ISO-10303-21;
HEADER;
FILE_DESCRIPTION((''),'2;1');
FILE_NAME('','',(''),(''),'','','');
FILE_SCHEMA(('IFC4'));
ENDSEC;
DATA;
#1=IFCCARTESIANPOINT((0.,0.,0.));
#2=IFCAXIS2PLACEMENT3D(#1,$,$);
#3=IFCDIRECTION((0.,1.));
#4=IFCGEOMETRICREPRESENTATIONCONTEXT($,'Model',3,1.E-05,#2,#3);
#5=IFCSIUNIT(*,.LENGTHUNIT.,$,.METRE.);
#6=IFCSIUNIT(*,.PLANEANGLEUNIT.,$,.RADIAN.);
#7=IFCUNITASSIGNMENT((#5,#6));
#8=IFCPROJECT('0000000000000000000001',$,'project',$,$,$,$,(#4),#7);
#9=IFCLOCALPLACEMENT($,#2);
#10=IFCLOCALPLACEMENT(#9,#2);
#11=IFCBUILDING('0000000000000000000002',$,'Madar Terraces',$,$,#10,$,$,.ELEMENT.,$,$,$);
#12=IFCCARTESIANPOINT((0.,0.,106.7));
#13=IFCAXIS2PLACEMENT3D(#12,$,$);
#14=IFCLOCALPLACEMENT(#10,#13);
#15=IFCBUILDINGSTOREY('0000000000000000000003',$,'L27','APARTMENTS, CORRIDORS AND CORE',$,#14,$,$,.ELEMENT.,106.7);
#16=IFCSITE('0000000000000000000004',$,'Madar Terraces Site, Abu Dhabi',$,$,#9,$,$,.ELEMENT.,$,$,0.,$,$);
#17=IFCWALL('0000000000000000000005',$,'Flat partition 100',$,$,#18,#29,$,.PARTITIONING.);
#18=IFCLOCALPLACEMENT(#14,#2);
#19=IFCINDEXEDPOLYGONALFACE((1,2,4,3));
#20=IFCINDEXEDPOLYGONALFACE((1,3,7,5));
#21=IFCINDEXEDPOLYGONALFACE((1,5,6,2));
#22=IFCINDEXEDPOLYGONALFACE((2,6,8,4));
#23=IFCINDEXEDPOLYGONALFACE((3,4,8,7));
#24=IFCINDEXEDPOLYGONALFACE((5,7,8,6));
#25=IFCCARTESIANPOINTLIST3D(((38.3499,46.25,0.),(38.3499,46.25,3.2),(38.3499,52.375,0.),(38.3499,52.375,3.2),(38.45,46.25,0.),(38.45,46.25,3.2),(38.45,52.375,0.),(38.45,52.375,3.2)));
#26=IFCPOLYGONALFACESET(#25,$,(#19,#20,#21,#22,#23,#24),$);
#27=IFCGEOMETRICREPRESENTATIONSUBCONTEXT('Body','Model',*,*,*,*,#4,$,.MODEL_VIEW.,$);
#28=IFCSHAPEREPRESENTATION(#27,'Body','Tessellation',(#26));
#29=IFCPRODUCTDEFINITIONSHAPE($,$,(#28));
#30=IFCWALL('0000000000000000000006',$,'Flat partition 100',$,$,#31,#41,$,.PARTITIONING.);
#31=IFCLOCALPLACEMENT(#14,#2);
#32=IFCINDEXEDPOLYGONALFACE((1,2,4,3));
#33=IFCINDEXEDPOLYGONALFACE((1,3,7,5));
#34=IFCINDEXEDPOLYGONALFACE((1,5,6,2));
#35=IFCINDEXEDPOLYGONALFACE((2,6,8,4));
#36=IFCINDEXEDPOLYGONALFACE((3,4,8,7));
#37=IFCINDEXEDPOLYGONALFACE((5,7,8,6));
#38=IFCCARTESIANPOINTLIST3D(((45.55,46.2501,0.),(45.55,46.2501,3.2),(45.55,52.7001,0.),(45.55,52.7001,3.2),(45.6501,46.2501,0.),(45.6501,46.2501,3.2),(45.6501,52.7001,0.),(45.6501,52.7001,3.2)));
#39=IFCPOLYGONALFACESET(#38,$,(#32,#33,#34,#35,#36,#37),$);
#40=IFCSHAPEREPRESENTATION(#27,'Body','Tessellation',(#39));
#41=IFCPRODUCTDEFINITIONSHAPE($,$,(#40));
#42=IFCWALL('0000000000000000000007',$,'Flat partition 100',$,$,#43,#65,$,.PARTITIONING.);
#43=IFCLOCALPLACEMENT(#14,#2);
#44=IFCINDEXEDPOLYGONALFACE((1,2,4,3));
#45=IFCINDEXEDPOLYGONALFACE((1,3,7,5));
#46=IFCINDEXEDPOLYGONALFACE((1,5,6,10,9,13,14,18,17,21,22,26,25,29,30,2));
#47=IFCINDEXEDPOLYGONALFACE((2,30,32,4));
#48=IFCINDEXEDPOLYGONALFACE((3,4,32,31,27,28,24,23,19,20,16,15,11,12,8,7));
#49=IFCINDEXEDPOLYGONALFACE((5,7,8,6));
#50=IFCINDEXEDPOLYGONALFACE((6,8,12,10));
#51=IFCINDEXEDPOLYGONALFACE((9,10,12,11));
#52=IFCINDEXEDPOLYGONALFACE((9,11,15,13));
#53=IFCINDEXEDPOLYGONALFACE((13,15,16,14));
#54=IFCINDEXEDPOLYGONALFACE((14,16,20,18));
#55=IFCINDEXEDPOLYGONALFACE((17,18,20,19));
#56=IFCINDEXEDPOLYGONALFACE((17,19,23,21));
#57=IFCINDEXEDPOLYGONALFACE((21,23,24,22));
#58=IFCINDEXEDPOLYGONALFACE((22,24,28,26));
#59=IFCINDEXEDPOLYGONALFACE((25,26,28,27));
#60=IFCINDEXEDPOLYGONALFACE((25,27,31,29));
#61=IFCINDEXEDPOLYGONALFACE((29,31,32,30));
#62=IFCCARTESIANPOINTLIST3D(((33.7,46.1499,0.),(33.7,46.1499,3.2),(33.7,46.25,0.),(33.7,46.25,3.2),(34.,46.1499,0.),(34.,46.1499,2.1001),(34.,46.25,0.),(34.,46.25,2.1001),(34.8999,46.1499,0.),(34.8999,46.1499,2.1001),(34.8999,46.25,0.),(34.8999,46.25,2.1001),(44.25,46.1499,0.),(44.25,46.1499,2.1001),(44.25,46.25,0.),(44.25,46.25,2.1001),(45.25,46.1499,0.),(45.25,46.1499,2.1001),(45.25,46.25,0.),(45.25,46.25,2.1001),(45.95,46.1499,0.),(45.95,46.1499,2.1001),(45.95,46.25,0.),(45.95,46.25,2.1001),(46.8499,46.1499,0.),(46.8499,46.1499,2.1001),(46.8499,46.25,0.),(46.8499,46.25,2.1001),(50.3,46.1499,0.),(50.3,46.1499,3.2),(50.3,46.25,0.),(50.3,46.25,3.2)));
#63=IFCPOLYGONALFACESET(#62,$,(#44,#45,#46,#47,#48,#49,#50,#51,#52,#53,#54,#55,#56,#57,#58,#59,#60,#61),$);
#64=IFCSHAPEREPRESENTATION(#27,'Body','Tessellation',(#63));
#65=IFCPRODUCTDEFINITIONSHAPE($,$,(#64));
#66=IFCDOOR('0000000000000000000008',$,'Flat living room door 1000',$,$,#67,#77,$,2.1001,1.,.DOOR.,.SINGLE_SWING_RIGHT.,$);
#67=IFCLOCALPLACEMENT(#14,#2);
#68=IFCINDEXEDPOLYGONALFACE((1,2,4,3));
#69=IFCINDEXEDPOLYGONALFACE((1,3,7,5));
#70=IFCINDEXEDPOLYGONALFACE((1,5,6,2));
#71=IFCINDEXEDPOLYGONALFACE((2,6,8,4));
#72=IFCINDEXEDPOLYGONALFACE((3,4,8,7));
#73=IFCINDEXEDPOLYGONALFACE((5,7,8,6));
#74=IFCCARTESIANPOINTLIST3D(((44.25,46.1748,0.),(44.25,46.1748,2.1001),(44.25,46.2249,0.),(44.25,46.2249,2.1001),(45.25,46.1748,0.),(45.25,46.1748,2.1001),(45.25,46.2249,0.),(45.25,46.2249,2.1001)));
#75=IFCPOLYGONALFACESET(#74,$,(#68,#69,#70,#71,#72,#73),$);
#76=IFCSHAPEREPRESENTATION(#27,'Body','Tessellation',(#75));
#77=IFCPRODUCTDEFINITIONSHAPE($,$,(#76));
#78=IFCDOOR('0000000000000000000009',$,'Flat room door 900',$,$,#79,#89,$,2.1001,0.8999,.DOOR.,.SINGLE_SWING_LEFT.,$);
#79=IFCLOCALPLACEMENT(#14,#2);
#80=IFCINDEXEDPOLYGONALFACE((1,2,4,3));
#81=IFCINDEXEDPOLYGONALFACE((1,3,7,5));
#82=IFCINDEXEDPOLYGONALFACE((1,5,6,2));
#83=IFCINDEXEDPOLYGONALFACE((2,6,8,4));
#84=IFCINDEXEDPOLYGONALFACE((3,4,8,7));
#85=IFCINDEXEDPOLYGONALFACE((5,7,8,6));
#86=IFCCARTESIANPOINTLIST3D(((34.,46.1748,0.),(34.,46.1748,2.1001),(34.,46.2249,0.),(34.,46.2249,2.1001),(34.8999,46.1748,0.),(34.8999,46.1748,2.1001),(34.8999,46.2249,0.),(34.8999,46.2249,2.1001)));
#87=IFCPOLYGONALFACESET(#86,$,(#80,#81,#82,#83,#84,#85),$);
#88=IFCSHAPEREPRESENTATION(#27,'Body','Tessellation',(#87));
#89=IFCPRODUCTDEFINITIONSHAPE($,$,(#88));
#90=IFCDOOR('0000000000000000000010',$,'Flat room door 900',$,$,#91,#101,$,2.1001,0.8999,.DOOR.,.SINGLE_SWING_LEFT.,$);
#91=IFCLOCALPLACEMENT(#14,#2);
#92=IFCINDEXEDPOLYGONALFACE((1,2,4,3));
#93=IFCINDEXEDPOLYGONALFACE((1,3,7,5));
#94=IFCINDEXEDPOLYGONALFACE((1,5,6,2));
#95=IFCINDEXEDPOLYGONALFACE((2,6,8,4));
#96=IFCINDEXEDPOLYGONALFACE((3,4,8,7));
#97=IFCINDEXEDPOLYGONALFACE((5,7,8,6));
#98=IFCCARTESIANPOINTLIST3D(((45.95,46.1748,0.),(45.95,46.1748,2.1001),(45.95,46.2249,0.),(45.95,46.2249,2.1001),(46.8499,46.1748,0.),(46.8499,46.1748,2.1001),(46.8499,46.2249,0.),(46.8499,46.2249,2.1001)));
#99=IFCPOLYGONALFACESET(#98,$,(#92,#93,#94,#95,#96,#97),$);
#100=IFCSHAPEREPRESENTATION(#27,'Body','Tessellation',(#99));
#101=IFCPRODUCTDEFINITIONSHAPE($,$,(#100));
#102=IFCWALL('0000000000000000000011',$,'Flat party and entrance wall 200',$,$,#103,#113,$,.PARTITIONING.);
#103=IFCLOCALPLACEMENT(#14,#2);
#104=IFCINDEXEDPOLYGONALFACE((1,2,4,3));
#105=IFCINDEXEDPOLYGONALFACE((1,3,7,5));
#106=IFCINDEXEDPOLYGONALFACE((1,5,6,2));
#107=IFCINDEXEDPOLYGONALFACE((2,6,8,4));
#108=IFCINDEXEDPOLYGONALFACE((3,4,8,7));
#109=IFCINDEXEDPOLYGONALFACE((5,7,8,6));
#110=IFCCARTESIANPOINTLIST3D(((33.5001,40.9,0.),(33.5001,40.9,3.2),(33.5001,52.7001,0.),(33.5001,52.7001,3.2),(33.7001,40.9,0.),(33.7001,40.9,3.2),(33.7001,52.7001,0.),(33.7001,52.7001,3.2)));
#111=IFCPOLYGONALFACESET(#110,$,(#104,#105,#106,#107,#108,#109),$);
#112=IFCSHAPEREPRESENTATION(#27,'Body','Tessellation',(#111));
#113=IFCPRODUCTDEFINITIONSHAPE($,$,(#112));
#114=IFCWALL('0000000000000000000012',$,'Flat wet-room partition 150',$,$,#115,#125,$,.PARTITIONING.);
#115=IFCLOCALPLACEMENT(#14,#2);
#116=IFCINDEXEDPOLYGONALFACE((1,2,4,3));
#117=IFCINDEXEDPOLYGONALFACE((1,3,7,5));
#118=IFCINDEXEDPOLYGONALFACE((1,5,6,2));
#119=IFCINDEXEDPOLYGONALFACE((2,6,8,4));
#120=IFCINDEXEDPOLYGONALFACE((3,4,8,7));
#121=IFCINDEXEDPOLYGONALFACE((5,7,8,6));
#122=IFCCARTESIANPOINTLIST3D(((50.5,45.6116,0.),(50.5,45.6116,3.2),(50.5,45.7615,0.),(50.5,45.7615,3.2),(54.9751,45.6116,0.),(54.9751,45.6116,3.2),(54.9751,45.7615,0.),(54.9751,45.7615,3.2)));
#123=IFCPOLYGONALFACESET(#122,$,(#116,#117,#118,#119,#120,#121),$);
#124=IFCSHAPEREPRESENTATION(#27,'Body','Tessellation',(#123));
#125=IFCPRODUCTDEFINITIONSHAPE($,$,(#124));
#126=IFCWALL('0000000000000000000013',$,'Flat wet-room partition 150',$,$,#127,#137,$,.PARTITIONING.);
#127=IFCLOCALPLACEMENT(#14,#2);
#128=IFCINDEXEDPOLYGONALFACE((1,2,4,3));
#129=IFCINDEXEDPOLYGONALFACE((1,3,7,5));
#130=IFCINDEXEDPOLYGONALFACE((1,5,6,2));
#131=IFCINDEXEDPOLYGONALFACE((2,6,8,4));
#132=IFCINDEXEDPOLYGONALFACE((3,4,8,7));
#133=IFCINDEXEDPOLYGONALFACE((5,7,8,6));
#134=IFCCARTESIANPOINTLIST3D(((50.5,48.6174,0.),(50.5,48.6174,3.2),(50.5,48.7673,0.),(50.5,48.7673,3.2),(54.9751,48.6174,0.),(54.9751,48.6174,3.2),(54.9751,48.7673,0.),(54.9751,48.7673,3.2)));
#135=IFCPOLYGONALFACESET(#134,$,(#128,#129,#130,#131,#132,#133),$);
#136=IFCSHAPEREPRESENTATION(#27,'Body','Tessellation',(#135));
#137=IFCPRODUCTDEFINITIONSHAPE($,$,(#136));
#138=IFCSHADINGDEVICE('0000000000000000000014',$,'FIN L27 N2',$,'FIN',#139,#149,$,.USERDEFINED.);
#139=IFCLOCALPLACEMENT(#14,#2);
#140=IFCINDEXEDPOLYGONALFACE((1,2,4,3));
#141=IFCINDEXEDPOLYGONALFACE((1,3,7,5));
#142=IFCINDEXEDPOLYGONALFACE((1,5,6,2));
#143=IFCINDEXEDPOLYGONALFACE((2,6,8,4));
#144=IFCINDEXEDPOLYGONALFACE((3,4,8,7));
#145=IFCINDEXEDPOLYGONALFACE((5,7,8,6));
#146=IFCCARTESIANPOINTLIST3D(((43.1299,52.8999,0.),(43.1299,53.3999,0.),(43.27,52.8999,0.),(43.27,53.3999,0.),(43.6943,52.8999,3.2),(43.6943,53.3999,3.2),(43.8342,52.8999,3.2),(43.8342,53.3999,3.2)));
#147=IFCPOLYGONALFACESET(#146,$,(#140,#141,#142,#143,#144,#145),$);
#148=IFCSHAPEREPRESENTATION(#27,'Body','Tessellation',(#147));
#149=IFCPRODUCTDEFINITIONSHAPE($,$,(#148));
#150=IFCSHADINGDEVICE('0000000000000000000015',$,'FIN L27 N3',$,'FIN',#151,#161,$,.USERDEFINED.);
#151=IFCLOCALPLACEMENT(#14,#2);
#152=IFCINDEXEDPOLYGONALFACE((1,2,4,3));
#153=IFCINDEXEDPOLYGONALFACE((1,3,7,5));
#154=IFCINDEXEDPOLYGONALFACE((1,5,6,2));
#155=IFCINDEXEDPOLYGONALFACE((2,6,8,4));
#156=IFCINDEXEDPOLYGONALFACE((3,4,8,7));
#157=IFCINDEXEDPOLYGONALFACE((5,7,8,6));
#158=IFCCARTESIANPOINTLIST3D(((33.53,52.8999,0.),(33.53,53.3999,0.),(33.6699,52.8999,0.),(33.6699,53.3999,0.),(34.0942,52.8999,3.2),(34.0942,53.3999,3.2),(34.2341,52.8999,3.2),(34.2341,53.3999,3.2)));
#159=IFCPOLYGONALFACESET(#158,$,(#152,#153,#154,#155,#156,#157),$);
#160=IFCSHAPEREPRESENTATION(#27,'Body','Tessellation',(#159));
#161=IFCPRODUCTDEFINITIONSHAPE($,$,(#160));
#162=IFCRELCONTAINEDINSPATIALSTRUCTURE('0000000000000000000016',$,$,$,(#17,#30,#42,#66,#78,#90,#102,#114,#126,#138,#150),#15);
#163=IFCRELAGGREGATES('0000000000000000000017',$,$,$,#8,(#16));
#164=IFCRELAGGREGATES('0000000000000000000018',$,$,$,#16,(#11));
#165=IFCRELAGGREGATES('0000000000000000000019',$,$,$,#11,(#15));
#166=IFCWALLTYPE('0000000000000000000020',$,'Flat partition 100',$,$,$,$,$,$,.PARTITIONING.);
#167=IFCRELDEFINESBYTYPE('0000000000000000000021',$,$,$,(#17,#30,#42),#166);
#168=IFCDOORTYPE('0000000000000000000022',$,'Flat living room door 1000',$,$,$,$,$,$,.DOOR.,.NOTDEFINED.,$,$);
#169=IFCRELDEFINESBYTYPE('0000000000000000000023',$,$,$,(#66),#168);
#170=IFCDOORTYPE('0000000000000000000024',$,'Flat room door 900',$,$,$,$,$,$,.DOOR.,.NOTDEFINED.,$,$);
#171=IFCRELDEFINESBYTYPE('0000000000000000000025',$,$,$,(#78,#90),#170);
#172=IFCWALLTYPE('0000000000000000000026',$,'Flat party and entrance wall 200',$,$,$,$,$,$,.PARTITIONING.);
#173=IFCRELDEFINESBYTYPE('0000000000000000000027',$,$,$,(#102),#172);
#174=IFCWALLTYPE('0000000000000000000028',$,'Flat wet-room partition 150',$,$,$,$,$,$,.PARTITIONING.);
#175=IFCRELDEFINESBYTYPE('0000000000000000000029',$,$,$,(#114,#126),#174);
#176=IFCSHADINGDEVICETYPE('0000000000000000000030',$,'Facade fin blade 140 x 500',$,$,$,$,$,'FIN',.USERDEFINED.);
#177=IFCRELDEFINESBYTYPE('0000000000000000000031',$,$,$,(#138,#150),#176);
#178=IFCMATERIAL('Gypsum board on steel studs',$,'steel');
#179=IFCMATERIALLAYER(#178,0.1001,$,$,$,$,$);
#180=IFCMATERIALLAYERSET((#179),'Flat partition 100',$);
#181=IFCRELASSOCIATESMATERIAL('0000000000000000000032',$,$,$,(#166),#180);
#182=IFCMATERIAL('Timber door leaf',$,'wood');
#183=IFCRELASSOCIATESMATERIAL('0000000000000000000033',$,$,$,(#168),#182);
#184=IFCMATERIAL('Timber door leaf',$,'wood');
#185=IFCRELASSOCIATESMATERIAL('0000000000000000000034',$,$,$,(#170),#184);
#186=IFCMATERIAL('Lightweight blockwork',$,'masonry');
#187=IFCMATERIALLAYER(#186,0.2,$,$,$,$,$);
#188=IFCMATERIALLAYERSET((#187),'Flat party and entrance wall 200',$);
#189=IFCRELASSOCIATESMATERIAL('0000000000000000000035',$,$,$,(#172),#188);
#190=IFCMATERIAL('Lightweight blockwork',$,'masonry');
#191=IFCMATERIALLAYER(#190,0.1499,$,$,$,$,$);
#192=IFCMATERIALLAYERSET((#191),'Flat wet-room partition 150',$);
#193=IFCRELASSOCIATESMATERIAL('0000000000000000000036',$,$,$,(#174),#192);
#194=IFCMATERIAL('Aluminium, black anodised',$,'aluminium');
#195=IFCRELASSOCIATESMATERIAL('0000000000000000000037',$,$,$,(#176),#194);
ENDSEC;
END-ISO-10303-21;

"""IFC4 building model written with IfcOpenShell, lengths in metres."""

from ifc_helpers import new_model, si_unit, direction, frame, frame_2d, origin, place, context, subcontext, project, spatial, polyline, rectangle, outline, extrude, material, layer, layer_set, type_object, element, fill, save


model = new_model("IFC4")

# Units and contexts
model_context = context("Model", 3, precision=1e-05, world=origin(), true_north=direction((0.0, 1.0)))
body_context = subcontext(model_context, "Body", "Model", "MODEL_VIEW")
ifc_project = project(units=[si_unit("LENGTHUNIT", "METRE"), si_unit("PLANEANGLEUNIT", "RADIAN")], contexts=[model_context])

# Site, building, storey
site_placement = place(None, origin())
site = spatial("IfcSite", under=ifc_project, at=site_placement, Name="Madar Terraces Site, Abu Dhabi", CompositionType="ELEMENT", RefElevation=0.0)
building_placement = place(site_placement, origin())
building = spatial("IfcBuilding", under=site, at=building_placement, Name="Madar Terraces", CompositionType="ELEMENT")
storey_placement = place(building_placement, frame((0.0, 0.0, 106.7)))
storey = spatial("IfcBuildingStorey", under=building, at=storey_placement, Name="L27", Description="APARTMENTS, CORRIDORS AND CORE", CompositionType="ELEMENT", Elevation=106.7)

# Walls
ifc_material_1 = material(Name="Gypsum board on steel studs", Category="steel")
ifc_layer_1 = layer(ifc_material_1, 0.1001)
ifc_layer_set_1 = layer_set([ifc_layer_1], Name="Flat partition 100")
wall_type_1 = type_object("IfcWallType", Name="Flat partition 100", PredefinedType="PARTITIONING", material=ifc_layer_set_1)
wall_1_placement = place(storey_placement, frame((38.3999, 46.25, 0.0), z_axis=(0.0, 0.0, 1.0), x_axis=(0.0, 1.0, 0.0)))
element("IfcWall", 1, at=wall_1_placement, inside=storey, type_object=wall_type_1, Name="Flat partition 100", PredefinedType="PARTITIONING", context=body_context, shape_type="SweptSolid", body=[
    extrude(rectangle(XDim=6.125, YDim=0.1001, at=frame_2d((3.0625, 0.0))), origin(), (0.0, 0.0, 1.0), 3.2),
])
wall_2_placement = place(storey_placement, frame((45.6001, 46.25, 0.0), z_axis=(0.0, 0.0, 1.0), x_axis=(0.0, 1.0, 0.0)))
element("IfcWall", 2, at=wall_2_placement, inside=storey, type_object=wall_type_1, Name="Flat partition 100", PredefinedType="PARTITIONING", context=body_context, shape_type="SweptSolid", body=[
    extrude(rectangle(XDim=6.45, YDim=0.1001, at=frame_2d((3.2251, 0.0))), origin(), (0.0, 0.0, 1.0), 3.2),
])

# Wall, openings, doors
wall_3_placement = place(storey_placement, frame((33.7, 46.2, 0.0), z_axis=(0.0, 0.0, 1.0), x_axis=(1.0, 0.0, 0.0)))
wall_3 = element("IfcWall", 3, at=wall_3_placement, inside=storey, type_object=wall_type_1, Name="Flat partition 100", PredefinedType="PARTITIONING", context=body_context, shape_type="SweptSolid", body=[
    extrude(rectangle(XDim=16.6001, YDim=0.1001, at=frame_2d((8.3, 0.0))), origin(), (0.0, 0.0, 1.0), 3.2),
])
opening_1_placement = place(wall_3_placement, frame((0.3, 0.0, 0.0)))
opening_1 = element("IfcOpeningElement", 4, at=opening_1_placement, cuts=wall_3, PredefinedType="OPENING", context=body_context, shape_type="SweptSolid", body=[
    extrude(rectangle(XDim=0.8999, YDim=2.1001, at=frame_2d((0.45, 1.05))), frame((0.0, 0.0601, 0.0), z_axis=(0.0, -1.0, 0.0), x_axis=(1.0, 0.0, 0.0)), (0.0, 0.0, 1.0), 0.1201),
])
opening_2_placement = place(wall_3_placement, frame((10.55, 0.0, 0.0)))
opening_2 = element("IfcOpeningElement", 5, at=opening_2_placement, cuts=wall_3, PredefinedType="OPENING", context=body_context, shape_type="SweptSolid", body=[
    extrude(rectangle(XDim=1.0, YDim=2.1001, at=frame_2d((0.5, 1.05))), frame((0.0, 0.0601, 0.0), z_axis=(0.0, -1.0, 0.0), x_axis=(1.0, 0.0, 0.0)), (0.0, 0.0, 1.0), 0.1201),
])
opening_3_placement = place(wall_3_placement, frame((12.25, 0.0, 0.0)))
opening_3 = element("IfcOpeningElement", 6, at=opening_3_placement, cuts=wall_3, PredefinedType="OPENING", context=body_context, shape_type="SweptSolid", body=[
    extrude(rectangle(XDim=0.8999, YDim=2.1001, at=frame_2d((0.45, 1.05))), frame((0.0, 0.0601, 0.0), z_axis=(0.0, -1.0, 0.0), x_axis=(1.0, 0.0, 0.0)), (0.0, 0.0, 1.0), 0.1201),
])
ifc_material_2 = material(Name="Timber door leaf", Category="wood")
door_type_1 = type_object("IfcDoorType", Name="Flat living room door 1000", OperationType="NOTDEFINED", PredefinedType="DOOR", material=ifc_material_2)
door_1_placement = place(opening_2_placement, origin())
door_1 = element("IfcDoor", 7, at=door_1_placement, inside=storey, type_object=door_type_1, Name="Flat living room door 1000", OperationType="SINGLE_SWING_RIGHT", OverallHeight=2.1001, OverallWidth=1.0, PredefinedType="DOOR", context=body_context, shape_type="SweptSolid", body=[
    extrude(rectangle(XDim=1.0, YDim=2.1001, at=frame_2d((0.5, 1.05))), frame((0.0, 0.0249, 0.0), z_axis=(0.0, -1.0, 0.0), x_axis=(1.0, 0.0, 0.0)), (0.0, 0.0, 1.0), 0.05),
])
fill(opening_2, door_1)
ifc_material_3 = material(Name="Timber door leaf", Category="wood")
door_type_2 = type_object("IfcDoorType", Name="Flat room door 900", OperationType="NOTDEFINED", PredefinedType="DOOR", material=ifc_material_3)
door_2_placement = place(opening_1_placement, origin())
door_2 = element("IfcDoor", 8, at=door_2_placement, inside=storey, type_object=door_type_2, Name="Flat room door 900", OperationType="SINGLE_SWING_LEFT", OverallHeight=2.1001, OverallWidth=0.8999, PredefinedType="DOOR", context=body_context, shape_type="SweptSolid", body=[
    extrude(rectangle(XDim=0.8999, YDim=2.1001, at=frame_2d((0.45, 1.05))), frame((0.0, 0.0249, 0.0), z_axis=(0.0, -1.0, 0.0), x_axis=(1.0, 0.0, 0.0)), (0.0, 0.0, 1.0), 0.05),
])
fill(opening_1, door_2)
door_3_placement = place(opening_3_placement, origin())
door_3 = element("IfcDoor", 9, at=door_3_placement, inside=storey, type_object=door_type_2, Name="Flat room door 900", OperationType="SINGLE_SWING_LEFT", OverallHeight=2.1001, OverallWidth=0.8999, PredefinedType="DOOR", context=body_context, shape_type="SweptSolid", body=[
    extrude(rectangle(XDim=0.8999, YDim=2.1001, at=frame_2d((0.45, 1.05))), frame((0.0, 0.0249, 0.0), z_axis=(0.0, -1.0, 0.0), x_axis=(1.0, 0.0, 0.0)), (0.0, 0.0, 1.0), 0.05),
])
fill(opening_3, door_3)

# Walls
ifc_material_4 = material(Name="Lightweight blockwork", Category="masonry")
ifc_layer_2 = layer(ifc_material_4, 0.2)
ifc_layer_set_2 = layer_set([ifc_layer_2], Name="Flat party and entrance wall 200")
wall_type_2 = type_object("IfcWallType", Name="Flat party and entrance wall 200", PredefinedType="PARTITIONING", material=ifc_layer_set_2)
wall_4_placement = place(storey_placement, frame((33.6001, 52.7, 0.0), z_axis=(0.0, 0.0, 1.0), x_axis=(0.0, -1.0, 0.0)))
element("IfcWall", 10, at=wall_4_placement, inside=storey, type_object=wall_type_2, Name="Flat party and entrance wall 200", PredefinedType="PARTITIONING", context=body_context, shape_type="SweptSolid", body=[
    extrude(rectangle(XDim=11.8, YDim=0.2, at=frame_2d((5.8999, 0.0))), origin(), (0.0, 0.0, 1.0), 3.2),
])
ifc_material_5 = material(Name="Lightweight blockwork", Category="masonry")
ifc_layer_3 = layer(ifc_material_5, 0.1499)
ifc_layer_set_3 = layer_set([ifc_layer_3], Name="Flat wet-room partition 150")
wall_type_3 = type_object("IfcWallType", Name="Flat wet-room partition 150", PredefinedType="PARTITIONING", material=ifc_layer_set_3)
for number, where, z_axis, x_axis, name in (
    (11, (50.5, 45.6865, 0.0), (0.0, 0.0, 1.0), (1.0, 0.0, 0.0), "Flat wet-room partition 150"),
    (12, (50.5, 48.6924, 0.0), (0.0, 0.0, 1.0), (1.0, 0.0, 0.0), "Flat wet-room partition 150"),
):
    element("IfcWall", number, at=place(storey_placement, frame(where, z_axis=z_axis, x_axis=x_axis)), inside=storey, type_object=wall_type_3, Name=name, PredefinedType="PARTITIONING", context=body_context, shape_type="SweptSolid", body=[
        extrude(rectangle(XDim=4.4751, YDim=0.1499, at=frame_2d((2.2375, 0.0))), origin(), (0.0, 0.0, 1.0), 3.2),
    ])

# Shading devices
ifc_material_6 = material(Name="Aluminium, black anodised", Category="aluminium")
shading_device_type = type_object("IfcShadingDeviceType", Name="Facade fin blade 140 x 500", ElementType="FIN", PredefinedType="USERDEFINED", material=ifc_material_6)
shading_device_1_placement = place(storey_placement, frame((43.27, 53.1499, 0.0), z_axis=(0.0, 0.0, 1.0), x_axis=(-1.0, 0.0, 0.0)))
element("IfcShadingDevice", 13, at=shading_device_1_placement, inside=storey, type_object=shading_device_type, Name="FIN L27 N2", ObjectType="FIN", PredefinedType="USERDEFINED", context=body_context, shape_type="SweptSolid", body=[
    extrude(outline(polyline([(0.0, 0.0), (0.1401, 0.0), (-0.4243, 3.2), (-0.5642, 3.2), (0.0, 0.0)])), frame((0.0, 0.25, 0.0), z_axis=(0.0, -1.0, 0.0), x_axis=(1.0, 0.0, 0.0)), (0.0, 0.0, 1.0), 0.5),
])
shading_device_2_placement = place(storey_placement, frame((33.6699, 53.1499, 0.0), z_axis=(0.0, 0.0, 1.0), x_axis=(-1.0, 0.0, 0.0)))
element("IfcShadingDevice", 14, at=shading_device_2_placement, inside=storey, type_object=shading_device_type, Name="FIN L27 N3", ObjectType="FIN", PredefinedType="USERDEFINED", context=body_context, shape_type="SweptSolid", body=[
    extrude(outline(polyline([(0.0, 0.0), (0.1399, 0.0), (-0.4243, 3.2), (-0.5642, 3.2), (0.0, 0.0)])), frame((0.0, 0.25, 0.0), z_axis=(0.0, -1.0, 0.0), x_axis=(1.0, 0.0, 0.0)), (0.0, 0.0, 1.0), 0.5),
])

save(model, "model.ifc")
